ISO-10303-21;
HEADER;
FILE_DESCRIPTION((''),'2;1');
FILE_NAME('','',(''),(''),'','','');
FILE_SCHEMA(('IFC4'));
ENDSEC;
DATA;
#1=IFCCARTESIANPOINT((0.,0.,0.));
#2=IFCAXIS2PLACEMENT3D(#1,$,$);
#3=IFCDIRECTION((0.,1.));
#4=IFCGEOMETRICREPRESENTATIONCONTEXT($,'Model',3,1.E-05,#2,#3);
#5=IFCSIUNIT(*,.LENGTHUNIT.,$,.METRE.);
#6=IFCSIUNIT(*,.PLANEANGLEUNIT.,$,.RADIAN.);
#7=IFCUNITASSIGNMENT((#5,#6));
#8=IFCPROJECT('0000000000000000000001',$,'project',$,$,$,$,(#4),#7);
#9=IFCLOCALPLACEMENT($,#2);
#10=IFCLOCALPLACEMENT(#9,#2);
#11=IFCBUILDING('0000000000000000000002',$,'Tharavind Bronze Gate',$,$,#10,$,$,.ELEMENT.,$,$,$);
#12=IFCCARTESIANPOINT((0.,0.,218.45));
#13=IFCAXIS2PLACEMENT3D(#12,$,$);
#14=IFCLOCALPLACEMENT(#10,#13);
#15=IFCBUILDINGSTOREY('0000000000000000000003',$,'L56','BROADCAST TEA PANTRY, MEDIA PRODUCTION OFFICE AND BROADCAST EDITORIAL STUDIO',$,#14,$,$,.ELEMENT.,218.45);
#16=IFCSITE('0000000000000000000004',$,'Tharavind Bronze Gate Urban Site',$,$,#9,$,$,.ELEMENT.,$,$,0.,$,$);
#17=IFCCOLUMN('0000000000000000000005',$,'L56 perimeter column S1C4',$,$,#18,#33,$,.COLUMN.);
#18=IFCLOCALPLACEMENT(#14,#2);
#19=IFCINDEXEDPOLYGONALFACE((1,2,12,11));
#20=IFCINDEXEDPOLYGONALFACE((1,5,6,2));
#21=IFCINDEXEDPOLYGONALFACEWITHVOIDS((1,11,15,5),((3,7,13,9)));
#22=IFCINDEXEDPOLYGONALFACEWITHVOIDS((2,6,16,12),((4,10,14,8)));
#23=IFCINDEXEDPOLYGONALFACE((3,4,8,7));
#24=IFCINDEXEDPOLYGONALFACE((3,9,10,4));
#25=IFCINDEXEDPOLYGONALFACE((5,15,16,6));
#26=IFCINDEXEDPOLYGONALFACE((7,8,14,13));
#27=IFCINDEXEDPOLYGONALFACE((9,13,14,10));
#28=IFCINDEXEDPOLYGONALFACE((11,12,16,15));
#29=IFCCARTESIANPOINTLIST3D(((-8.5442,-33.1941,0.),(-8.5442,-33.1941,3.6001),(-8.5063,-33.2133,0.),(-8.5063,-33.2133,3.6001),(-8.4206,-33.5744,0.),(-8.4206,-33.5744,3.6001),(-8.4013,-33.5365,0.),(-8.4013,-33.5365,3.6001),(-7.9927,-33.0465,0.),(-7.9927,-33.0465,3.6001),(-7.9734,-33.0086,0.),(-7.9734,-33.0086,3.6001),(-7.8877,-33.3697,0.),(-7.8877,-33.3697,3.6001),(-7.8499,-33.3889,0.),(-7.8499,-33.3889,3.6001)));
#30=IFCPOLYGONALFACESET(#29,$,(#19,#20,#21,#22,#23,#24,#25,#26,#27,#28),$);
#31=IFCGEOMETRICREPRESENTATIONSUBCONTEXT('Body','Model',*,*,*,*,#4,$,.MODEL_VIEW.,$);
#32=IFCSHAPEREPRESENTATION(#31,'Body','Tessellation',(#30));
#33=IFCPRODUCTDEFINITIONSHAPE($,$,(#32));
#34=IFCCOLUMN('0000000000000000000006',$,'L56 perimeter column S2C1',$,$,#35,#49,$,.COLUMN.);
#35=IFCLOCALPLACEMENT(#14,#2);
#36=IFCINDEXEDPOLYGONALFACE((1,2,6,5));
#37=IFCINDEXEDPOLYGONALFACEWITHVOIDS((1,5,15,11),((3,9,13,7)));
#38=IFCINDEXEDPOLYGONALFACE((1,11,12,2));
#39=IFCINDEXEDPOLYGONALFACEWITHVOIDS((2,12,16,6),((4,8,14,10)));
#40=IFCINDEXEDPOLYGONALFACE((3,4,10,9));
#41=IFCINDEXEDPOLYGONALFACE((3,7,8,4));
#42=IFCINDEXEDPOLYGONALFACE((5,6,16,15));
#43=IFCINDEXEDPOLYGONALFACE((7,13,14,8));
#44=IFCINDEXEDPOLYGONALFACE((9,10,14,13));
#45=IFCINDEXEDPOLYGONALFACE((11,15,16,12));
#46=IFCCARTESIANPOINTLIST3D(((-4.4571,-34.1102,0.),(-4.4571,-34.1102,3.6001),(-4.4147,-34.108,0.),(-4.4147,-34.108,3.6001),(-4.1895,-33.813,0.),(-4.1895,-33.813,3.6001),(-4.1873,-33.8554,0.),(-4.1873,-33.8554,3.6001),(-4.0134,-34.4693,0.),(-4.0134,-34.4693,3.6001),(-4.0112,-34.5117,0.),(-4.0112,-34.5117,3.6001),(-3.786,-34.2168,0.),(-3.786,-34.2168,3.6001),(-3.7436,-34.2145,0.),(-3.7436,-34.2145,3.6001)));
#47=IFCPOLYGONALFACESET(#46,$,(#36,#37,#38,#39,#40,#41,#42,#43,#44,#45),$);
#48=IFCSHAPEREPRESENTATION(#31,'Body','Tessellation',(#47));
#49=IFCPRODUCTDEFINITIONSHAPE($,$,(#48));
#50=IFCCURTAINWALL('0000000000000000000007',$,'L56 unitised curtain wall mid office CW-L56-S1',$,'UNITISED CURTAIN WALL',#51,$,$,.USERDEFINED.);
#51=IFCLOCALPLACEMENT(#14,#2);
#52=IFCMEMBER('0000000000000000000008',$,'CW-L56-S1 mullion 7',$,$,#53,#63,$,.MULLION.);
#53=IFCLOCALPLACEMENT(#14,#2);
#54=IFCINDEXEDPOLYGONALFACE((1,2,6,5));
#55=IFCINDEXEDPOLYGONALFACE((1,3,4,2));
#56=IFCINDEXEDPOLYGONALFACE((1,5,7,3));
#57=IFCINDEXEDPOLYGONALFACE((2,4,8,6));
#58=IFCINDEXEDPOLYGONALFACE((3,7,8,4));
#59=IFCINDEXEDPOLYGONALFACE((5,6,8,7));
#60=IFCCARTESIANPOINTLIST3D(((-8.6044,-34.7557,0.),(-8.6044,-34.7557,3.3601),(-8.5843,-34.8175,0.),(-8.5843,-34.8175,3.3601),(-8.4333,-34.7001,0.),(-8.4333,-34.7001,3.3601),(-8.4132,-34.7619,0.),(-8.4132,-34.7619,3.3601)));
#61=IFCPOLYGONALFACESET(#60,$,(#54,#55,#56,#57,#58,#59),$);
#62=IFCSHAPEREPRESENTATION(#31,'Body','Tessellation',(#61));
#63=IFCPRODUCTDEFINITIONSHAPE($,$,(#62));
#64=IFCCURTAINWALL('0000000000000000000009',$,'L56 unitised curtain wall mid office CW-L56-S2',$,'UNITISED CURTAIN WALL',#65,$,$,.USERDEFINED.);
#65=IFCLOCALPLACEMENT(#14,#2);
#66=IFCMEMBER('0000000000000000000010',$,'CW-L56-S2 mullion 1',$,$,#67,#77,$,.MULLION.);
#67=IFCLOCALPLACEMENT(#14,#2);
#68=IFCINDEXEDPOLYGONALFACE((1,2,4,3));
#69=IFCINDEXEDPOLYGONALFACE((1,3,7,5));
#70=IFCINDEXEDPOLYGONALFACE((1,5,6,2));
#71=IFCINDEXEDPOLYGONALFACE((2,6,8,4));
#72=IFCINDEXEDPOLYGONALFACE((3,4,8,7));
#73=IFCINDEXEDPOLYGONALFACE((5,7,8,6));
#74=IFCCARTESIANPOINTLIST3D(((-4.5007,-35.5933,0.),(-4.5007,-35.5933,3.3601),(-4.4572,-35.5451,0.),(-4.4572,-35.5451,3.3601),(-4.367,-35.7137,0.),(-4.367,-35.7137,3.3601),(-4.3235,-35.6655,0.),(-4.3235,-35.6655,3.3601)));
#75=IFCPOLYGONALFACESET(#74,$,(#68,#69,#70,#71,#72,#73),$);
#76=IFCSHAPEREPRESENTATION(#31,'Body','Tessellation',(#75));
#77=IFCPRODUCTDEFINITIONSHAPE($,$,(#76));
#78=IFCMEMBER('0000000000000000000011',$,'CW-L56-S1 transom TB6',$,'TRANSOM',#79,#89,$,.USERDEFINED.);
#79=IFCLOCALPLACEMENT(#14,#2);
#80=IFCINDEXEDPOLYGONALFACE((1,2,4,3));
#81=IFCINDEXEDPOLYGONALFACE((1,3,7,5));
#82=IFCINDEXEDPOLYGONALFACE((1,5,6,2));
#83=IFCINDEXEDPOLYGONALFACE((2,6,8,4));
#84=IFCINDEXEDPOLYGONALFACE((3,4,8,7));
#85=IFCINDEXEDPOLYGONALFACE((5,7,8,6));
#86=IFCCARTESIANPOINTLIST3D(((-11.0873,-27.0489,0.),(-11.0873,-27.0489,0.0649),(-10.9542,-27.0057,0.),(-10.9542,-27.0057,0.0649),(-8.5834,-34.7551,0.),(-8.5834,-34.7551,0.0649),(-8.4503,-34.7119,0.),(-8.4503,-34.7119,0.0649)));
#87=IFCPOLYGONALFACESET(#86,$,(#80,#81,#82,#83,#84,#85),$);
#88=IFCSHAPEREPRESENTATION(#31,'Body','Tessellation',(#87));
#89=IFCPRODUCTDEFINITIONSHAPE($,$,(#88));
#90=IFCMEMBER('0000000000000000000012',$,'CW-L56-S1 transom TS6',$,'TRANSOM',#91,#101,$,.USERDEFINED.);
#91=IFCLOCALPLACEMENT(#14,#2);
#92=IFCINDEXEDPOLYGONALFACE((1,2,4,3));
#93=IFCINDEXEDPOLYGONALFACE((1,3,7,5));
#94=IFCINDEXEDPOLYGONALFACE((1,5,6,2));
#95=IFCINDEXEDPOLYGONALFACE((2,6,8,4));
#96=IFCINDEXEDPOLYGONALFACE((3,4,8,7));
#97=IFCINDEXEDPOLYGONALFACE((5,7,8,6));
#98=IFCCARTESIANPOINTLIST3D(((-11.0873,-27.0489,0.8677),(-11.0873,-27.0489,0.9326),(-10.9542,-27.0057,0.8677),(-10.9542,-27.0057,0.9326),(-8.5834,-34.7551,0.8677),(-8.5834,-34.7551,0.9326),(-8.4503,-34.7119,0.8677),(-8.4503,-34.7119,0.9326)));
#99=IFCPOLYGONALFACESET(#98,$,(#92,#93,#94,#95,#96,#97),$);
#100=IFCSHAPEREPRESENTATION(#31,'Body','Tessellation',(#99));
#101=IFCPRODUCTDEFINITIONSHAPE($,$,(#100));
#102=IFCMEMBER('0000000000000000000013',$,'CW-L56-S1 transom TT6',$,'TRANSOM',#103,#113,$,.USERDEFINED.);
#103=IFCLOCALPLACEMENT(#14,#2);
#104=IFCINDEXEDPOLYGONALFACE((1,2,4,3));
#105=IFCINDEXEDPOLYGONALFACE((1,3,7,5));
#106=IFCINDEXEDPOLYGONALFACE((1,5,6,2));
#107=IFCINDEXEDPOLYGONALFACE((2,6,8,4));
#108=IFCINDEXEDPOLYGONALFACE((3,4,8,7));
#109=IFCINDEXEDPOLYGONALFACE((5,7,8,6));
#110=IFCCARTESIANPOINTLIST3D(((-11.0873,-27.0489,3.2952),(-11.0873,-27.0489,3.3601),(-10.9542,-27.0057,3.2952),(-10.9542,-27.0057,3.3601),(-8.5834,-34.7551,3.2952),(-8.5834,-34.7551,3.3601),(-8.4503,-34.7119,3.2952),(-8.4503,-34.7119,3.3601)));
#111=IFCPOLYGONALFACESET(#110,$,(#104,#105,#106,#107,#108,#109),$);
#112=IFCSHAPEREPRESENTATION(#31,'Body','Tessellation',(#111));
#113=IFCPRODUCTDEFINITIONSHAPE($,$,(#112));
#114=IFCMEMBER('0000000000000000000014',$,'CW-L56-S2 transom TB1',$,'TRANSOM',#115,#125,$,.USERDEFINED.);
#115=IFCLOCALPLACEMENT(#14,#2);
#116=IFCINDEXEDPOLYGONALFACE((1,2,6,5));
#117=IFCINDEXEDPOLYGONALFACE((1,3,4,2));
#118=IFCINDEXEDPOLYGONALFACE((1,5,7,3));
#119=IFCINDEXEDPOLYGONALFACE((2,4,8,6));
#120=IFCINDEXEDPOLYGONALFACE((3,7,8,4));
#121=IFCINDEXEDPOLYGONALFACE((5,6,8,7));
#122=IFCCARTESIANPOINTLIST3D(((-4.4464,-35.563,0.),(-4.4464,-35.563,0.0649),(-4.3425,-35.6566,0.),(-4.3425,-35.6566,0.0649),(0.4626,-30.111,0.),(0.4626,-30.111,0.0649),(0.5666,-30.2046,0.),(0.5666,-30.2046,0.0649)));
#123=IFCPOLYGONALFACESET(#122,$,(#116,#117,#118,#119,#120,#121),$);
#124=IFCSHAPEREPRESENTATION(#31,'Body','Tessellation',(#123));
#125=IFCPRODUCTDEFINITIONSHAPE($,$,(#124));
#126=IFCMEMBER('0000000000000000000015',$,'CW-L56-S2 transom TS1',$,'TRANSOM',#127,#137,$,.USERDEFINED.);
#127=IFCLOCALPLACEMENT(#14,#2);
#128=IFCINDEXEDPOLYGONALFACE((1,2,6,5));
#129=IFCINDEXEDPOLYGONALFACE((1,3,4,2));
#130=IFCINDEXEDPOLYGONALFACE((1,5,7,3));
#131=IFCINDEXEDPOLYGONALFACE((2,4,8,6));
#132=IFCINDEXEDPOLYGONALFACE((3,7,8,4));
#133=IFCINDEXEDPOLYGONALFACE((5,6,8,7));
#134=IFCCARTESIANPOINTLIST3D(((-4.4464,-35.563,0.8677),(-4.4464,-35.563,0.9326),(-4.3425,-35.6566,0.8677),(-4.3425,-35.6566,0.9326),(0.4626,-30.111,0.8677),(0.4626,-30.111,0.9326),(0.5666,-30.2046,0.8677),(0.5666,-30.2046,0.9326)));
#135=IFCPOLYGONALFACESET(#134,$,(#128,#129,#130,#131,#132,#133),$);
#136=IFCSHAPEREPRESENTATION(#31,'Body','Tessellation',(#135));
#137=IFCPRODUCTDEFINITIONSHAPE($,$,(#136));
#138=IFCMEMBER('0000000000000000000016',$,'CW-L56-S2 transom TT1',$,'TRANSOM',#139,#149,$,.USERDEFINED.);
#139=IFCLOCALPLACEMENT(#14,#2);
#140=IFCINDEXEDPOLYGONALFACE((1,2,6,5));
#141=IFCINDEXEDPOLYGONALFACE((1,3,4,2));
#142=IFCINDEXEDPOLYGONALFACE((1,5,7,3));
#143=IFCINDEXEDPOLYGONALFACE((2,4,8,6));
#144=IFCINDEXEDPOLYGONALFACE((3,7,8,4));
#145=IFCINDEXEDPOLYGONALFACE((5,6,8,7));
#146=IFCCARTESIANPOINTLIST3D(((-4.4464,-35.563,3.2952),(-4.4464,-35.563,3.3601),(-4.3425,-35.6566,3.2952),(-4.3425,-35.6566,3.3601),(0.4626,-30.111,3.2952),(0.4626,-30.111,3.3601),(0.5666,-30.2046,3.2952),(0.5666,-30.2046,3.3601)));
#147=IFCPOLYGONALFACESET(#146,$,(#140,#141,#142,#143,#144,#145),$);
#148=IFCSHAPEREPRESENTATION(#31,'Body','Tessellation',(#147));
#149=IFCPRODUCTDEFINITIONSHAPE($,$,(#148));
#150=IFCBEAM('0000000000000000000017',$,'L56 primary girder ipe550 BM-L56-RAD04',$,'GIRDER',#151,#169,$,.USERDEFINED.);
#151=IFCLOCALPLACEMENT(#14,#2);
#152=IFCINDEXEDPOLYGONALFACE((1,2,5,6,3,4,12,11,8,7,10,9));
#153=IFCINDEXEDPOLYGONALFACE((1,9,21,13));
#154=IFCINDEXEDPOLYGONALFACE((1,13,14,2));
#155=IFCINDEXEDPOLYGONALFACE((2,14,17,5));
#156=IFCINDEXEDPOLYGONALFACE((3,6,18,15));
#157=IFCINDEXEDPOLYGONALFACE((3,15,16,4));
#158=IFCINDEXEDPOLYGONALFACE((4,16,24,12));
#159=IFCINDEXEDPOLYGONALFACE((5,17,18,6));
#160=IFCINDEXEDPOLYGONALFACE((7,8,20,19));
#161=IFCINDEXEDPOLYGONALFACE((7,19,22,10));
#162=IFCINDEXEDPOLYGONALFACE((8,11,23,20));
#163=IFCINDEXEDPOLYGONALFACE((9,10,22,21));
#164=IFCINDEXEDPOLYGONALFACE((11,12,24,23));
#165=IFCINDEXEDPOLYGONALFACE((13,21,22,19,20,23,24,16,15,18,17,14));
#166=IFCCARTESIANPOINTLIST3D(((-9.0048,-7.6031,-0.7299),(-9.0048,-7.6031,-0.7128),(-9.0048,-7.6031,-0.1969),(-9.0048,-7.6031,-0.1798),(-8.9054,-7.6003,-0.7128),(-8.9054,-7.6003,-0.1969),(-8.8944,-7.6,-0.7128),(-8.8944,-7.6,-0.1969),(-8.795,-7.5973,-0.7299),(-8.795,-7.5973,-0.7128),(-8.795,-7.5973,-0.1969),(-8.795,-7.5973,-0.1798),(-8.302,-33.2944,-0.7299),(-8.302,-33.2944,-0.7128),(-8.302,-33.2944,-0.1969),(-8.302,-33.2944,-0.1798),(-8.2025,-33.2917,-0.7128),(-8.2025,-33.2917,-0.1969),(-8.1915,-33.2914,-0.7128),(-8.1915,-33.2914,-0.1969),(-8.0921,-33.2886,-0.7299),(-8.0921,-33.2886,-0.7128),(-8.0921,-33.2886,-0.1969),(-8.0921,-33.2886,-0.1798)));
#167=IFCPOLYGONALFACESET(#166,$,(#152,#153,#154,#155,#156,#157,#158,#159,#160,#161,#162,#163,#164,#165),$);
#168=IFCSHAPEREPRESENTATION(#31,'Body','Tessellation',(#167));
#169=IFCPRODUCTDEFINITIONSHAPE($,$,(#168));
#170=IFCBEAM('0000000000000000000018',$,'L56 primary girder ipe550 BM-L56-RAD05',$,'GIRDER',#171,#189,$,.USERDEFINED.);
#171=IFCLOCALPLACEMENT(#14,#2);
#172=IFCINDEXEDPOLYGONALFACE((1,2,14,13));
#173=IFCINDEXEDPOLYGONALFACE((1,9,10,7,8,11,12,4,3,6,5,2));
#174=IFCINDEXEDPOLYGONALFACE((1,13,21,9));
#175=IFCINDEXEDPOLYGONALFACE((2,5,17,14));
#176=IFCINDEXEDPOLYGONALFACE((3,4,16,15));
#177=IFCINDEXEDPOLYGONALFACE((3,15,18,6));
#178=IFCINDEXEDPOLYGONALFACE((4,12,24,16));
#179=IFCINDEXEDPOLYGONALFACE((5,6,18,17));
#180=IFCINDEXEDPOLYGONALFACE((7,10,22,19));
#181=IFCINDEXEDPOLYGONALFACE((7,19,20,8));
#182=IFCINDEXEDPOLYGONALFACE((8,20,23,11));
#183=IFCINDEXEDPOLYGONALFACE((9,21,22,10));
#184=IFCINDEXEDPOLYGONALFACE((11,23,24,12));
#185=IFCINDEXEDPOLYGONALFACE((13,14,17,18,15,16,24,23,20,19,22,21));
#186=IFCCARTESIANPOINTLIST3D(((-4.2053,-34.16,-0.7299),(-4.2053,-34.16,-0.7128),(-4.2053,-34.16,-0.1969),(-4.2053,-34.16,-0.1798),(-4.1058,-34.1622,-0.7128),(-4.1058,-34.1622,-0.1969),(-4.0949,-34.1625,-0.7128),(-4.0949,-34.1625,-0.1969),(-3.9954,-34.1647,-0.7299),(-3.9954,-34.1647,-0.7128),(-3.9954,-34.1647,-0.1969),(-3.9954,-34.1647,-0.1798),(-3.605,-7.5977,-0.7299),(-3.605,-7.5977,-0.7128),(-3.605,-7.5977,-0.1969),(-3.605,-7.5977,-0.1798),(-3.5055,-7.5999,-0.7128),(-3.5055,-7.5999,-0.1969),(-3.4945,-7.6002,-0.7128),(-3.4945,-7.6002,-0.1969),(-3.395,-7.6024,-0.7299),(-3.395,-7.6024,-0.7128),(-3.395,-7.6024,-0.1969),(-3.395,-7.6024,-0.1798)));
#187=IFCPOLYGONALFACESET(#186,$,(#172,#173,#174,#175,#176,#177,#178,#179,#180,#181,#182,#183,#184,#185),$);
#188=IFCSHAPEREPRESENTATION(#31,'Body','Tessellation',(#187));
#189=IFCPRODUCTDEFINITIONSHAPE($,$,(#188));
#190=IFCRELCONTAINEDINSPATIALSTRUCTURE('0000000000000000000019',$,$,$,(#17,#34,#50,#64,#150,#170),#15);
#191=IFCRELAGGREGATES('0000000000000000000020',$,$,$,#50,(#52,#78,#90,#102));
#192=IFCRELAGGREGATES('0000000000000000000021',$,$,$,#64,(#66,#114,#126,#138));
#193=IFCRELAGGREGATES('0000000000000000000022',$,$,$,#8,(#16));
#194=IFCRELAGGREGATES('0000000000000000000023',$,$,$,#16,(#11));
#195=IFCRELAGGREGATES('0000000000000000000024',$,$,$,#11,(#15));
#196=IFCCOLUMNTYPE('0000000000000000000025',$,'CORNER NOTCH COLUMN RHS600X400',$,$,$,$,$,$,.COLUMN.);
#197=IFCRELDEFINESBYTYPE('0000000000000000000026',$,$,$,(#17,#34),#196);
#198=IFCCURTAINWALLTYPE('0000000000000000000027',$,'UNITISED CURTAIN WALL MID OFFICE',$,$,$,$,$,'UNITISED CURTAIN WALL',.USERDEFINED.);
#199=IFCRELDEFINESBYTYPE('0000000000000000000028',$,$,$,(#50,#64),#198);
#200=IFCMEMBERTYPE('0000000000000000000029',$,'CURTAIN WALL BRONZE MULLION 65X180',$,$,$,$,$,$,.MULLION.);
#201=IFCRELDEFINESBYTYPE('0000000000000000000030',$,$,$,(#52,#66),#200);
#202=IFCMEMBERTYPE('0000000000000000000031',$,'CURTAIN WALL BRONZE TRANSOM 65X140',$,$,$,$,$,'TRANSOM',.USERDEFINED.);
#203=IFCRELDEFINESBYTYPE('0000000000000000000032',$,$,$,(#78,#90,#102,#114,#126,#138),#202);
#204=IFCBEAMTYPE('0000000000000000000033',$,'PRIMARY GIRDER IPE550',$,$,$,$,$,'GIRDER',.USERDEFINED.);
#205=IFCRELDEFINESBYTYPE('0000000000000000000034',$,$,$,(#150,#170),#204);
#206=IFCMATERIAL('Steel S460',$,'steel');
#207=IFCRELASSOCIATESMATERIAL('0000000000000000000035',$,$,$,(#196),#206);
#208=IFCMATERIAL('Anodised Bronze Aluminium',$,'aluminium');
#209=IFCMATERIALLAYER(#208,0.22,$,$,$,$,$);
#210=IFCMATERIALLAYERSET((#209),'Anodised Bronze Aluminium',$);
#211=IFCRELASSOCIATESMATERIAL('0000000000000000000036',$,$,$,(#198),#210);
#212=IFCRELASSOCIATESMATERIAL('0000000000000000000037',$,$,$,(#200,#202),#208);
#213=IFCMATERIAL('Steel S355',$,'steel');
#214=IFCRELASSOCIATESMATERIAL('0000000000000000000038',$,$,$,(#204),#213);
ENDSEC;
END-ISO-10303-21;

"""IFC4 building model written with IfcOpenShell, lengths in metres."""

from ifc_helpers import new_model, si_unit, direction, frame, origin, origin_2d, place, context, subcontext, project, spatial, rectangle, hollow_rectangle, i_section, extrude, material, layer, layer_set, material_profile, profile_set, type_object, element, aggregate, save


model = new_model("IFC4")

# Units and contexts
model_context = context("Model", 3, precision=1e-05, world=origin(), true_north=direction((0.0, 1.0)))
body_context = subcontext(model_context, "Body", "Model", "MODEL_VIEW")
ifc_project = project(units=[si_unit("LENGTHUNIT", "METRE"), si_unit("PLANEANGLEUNIT", "RADIAN")], contexts=[model_context])

# Site, building, storey
site_placement = place(None, origin())
site = spatial("IfcSite", under=ifc_project, at=site_placement, Name="Tharavind Bronze Gate Urban Site", CompositionType="ELEMENT", RefElevation=0.0)
building_placement = place(site_placement, origin())
building = spatial("IfcBuilding", under=site, at=building_placement, Name="Tharavind Bronze Gate", CompositionType="ELEMENT")
storey_placement = place(building_placement, frame((0.0, 0.0, 218.45)))
storey = spatial("IfcBuildingStorey", under=building, at=storey_placement, Name="L56", Description="BROADCAST TEA PANTRY, MEDIA PRODUCTION OFFICE AND BROADCAST EDITORIAL STUDIO", CompositionType="ELEMENT", Elevation=218.45)

# Columns
ifc_material_1 = material(Name="Steel S460", Category="steel")
ifc_material_profile_1 = material_profile(ifc_material_1, hollow_rectangle(XDim=0.3999, YDim=0.6001, WallThickness=0.03, at=origin_2d()), Name="RHS600X400X30")
ifc_profile_set_1 = profile_set([ifc_material_profile_1], Name="Steel S460")
column_type = type_object("IfcColumnType", Name="CORNER NOTCH COLUMN RHS600X400", PredefinedType="COLUMN", material=ifc_profile_set_1)
for number, where, z_axis, x_axis, name in (
    (1, (-8.197, -33.2915, 0.0), (0.0, 0.0, 1.0), (-0.309017, 0.951057, 0.0), "L56 perimeter column S1C4"),
    (2, (-4.1003, -34.1624, 0.0), (0.0, 0.0, 1.0), (0.669131, 0.743145, 0.0), "L56 perimeter column S2C1"),
):
    element("IfcColumn", number, at=place(storey_placement, frame(where, z_axis=z_axis, x_axis=x_axis)), inside=storey, type_object=column_type, Name=name, PredefinedType="COLUMN", context=body_context, shape_type="SweptSolid", body=[
        extrude(hollow_rectangle(XDim=0.3999, YDim=0.6001, WallThickness=0.03, at=origin_2d()), origin(), (0.0, 0.0, 1.0), 3.6001),
    ])

# Curtain walls, members
ifc_material_2 = material(Name="Anodised Bronze Aluminium", Category="aluminium")
ifc_layer_1 = layer(ifc_material_2, 0.22)
ifc_layer_set_1 = layer_set([ifc_layer_1], Name="Anodised Bronze Aluminium")
curtain_wall_type = type_object("IfcCurtainWallType", Name="UNITISED CURTAIN WALL MID OFFICE", ElementType="UNITISED CURTAIN WALL", PredefinedType="USERDEFINED", material=ifc_layer_set_1)
curtain_wall_1_placement = place(storey_placement, origin())
curtain_wall_1 = element("IfcCurtainWall", 3, at=curtain_wall_1_placement, inside=storey, type_object=curtain_wall_type, Name="L56 unitised curtain wall mid office CW-L56-S1", ObjectType="UNITISED CURTAIN WALL", PredefinedType="USERDEFINED")
member_type_1 = type_object("IfcMemberType", Name="CURTAIN WALL BRONZE MULLION 65X180", PredefinedType="MULLION", material=ifc_material_2)
member_1_placement = place(storey_placement, frame((-8.5088, -34.7588, 0.0), z_axis=(0.0, 0.0, 1.0), x_axis=(0.309017, -0.951057, 0.0)))
member_1 = element("IfcMember", 4, at=member_1_placement, type_object=member_type_1, Name="CW-L56-S1 mullion 7", PredefinedType="MULLION", context=body_context, shape_type="SweptSolid", body=[
    extrude(rectangle(XDim=0.0649, YDim=0.1799, at=origin_2d()), origin(), (0.0, 0.0, 1.0), 3.3601),
])
curtain_wall_2_placement = place(storey_placement, origin())
curtain_wall_2 = element("IfcCurtainWall", 5, at=curtain_wall_2_placement, inside=storey, type_object=curtain_wall_type, Name="L56 unitised curtain wall mid office CW-L56-S2", ObjectType="UNITISED CURTAIN WALL", PredefinedType="USERDEFINED")
member_2_placement = place(storey_placement, frame((-4.4121, -35.6294, 0.0), z_axis=(0.0, 0.0, 1.0), x_axis=(0.669131, 0.743145, 0.0)))
member_2 = element("IfcMember", 6, at=member_2_placement, type_object=member_type_1, Name="CW-L56-S2 mullion 1", PredefinedType="MULLION", context=body_context, shape_type="SweptSolid", body=[
    extrude(rectangle(XDim=0.0649, YDim=0.1799, at=origin_2d()), origin(), (0.0, 0.0, 1.0), 3.3601),
])

# Members
member_type_2 = type_object("IfcMemberType", Name="CURTAIN WALL BRONZE TRANSOM 65X140", ElementType="TRANSOM", PredefinedType="USERDEFINED", material=ifc_material_2)
member_3_placement = place(storey_placement, frame((-9.7688, -30.8804, 0.0), z_axis=(0.0, 0.0, 1.0), x_axis=(0.309017, -0.951057, 0.0)))
member_3 = element("IfcMember", 7, at=member_3_placement, type_object=member_type_2, Name="CW-L56-S1 transom TB6", ObjectType="TRANSOM", PredefinedType="USERDEFINED", context=body_context, shape_type="SweptSolid", body=[
    extrude(rectangle(XDim=8.1028, YDim=0.1399, at=origin_2d()), origin(), (0.0, 0.0, 1.0), 0.0649),
])
member_4_placement = place(storey_placement, frame((-9.7688, -30.8804, 0.8677), z_axis=(0.0, 0.0, 1.0), x_axis=(0.309017, -0.951057, 0.0)))
member_4 = element("IfcMember", 8, at=member_4_placement, type_object=member_type_2, Name="CW-L56-S1 transom TS6", ObjectType="TRANSOM", PredefinedType="USERDEFINED", context=body_context, shape_type="SweptSolid", body=[
    extrude(rectangle(XDim=8.1028, YDim=0.1399, at=origin_2d()), origin(), (0.0, 0.0, 1.0), 0.0649),
])
member_5_placement = place(storey_placement, frame((-9.7688, -30.8804, 3.2952), z_axis=(0.0, 0.0, 1.0), x_axis=(0.309017, -0.951057, 0.0)))
member_5 = element("IfcMember", 9, at=member_5_placement, type_object=member_type_2, Name="CW-L56-S1 transom TT6", ObjectType="TRANSOM", PredefinedType="USERDEFINED", context=body_context, shape_type="SweptSolid", body=[
    extrude(rectangle(XDim=8.1028, YDim=0.1399, at=origin_2d()), origin(), (0.0, 0.0, 1.0), 0.0649),
])
aggregate(curtain_wall_1, [member_1, member_3, member_4, member_5])
member_6_placement = place(storey_placement, frame((-1.9399, -32.8838, 0.0), z_axis=(0.0, 0.0, 1.0), x_axis=(0.669131, 0.743145, 0.0)))
member_6 = element("IfcMember", 10, at=member_6_placement, type_object=member_type_2, Name="CW-L56-S2 transom TB1", ObjectType="TRANSOM", PredefinedType="USERDEFINED", context=body_context, shape_type="SweptSolid", body=[
    extrude(rectangle(XDim=7.3364, YDim=0.1399, at=origin_2d()), origin(), (0.0, 0.0, 1.0), 0.0649),
])
member_7_placement = place(storey_placement, frame((-1.9399, -32.8838, 0.8677), z_axis=(0.0, 0.0, 1.0), x_axis=(0.669131, 0.743145, 0.0)))
member_7 = element("IfcMember", 11, at=member_7_placement, type_object=member_type_2, Name="CW-L56-S2 transom TS1", ObjectType="TRANSOM", PredefinedType="USERDEFINED", context=body_context, shape_type="SweptSolid", body=[
    extrude(rectangle(XDim=7.3364, YDim=0.1399, at=origin_2d()), origin(), (0.0, 0.0, 1.0), 0.0649),
])
member_8_placement = place(storey_placement, frame((-1.9399, -32.8838, 3.2952), z_axis=(0.0, 0.0, 1.0), x_axis=(0.669131, 0.743145, 0.0)))
member_8 = element("IfcMember", 12, at=member_8_placement, type_object=member_type_2, Name="CW-L56-S2 transom TT1", ObjectType="TRANSOM", PredefinedType="USERDEFINED", context=body_context, shape_type="SweptSolid", body=[
    extrude(rectangle(XDim=7.3364, YDim=0.1399, at=origin_2d()), origin(), (0.0, 0.0, 1.0), 0.0649),
])

# Beams
ifc_material_3 = material(Name="Steel S355", Category="steel")
ifc_material_profile_2 = material_profile(ifc_material_3, i_section(OverallWidth=0.21, OverallDepth=0.55, WebThickness=0.011, FlangeThickness=0.0171, at=origin_2d()), Name="IPE550")
ifc_profile_set_2 = profile_set([ifc_material_profile_2], Name="Steel S355")
beam_type_1 = type_object("IfcBeamType", Name="PRIMARY GIRDER IPE550", ElementType="GIRDER", PredefinedType="USERDEFINED", material=ifc_profile_set_2)
beam_1_placement = place(storey_placement, frame((-8.197, -33.2915, -0.4548), z_axis=(-0.027348, 0.999626, 0.0), x_axis=(-0.999626, -0.027348, 0.0)))
element("IfcBeam", 13, at=beam_1_placement, inside=storey, type_object=beam_type_1, Name="L56 primary girder ipe550 BM-L56-RAD04", ObjectType="GIRDER", PredefinedType="USERDEFINED", context=body_context, shape_type="SweptSolid", body=[
    extrude(i_section(OverallWidth=0.21, OverallDepth=0.55, WebThickness=0.011, FlangeThickness=0.0171, at=origin_2d()), origin(), (0.0, 0.0, 1.0), 25.7009),
])
beam_2_placement = place(storey_placement, frame((-4.1003, -34.1624, -0.4548), z_axis=(0.022596, 0.999745, 0.0), x_axis=(-0.999745, 0.022596, 0.0)))
element("IfcBeam", 14, at=beam_2_placement, inside=storey, type_object=beam_type_1, Name="L56 primary girder ipe550 BM-L56-RAD05", ObjectType="GIRDER", PredefinedType="USERDEFINED", context=body_context, shape_type="SweptSolid", body=[
    extrude(i_section(OverallWidth=0.21, OverallDepth=0.55, WebThickness=0.011, FlangeThickness=0.0171, at=origin_2d()), origin(), (0.0, 0.0, 1.0), 26.5691),
])

aggregate(curtain_wall_2, [member_2, member_6, member_7, member_8])

save(model, "model.ifc")
